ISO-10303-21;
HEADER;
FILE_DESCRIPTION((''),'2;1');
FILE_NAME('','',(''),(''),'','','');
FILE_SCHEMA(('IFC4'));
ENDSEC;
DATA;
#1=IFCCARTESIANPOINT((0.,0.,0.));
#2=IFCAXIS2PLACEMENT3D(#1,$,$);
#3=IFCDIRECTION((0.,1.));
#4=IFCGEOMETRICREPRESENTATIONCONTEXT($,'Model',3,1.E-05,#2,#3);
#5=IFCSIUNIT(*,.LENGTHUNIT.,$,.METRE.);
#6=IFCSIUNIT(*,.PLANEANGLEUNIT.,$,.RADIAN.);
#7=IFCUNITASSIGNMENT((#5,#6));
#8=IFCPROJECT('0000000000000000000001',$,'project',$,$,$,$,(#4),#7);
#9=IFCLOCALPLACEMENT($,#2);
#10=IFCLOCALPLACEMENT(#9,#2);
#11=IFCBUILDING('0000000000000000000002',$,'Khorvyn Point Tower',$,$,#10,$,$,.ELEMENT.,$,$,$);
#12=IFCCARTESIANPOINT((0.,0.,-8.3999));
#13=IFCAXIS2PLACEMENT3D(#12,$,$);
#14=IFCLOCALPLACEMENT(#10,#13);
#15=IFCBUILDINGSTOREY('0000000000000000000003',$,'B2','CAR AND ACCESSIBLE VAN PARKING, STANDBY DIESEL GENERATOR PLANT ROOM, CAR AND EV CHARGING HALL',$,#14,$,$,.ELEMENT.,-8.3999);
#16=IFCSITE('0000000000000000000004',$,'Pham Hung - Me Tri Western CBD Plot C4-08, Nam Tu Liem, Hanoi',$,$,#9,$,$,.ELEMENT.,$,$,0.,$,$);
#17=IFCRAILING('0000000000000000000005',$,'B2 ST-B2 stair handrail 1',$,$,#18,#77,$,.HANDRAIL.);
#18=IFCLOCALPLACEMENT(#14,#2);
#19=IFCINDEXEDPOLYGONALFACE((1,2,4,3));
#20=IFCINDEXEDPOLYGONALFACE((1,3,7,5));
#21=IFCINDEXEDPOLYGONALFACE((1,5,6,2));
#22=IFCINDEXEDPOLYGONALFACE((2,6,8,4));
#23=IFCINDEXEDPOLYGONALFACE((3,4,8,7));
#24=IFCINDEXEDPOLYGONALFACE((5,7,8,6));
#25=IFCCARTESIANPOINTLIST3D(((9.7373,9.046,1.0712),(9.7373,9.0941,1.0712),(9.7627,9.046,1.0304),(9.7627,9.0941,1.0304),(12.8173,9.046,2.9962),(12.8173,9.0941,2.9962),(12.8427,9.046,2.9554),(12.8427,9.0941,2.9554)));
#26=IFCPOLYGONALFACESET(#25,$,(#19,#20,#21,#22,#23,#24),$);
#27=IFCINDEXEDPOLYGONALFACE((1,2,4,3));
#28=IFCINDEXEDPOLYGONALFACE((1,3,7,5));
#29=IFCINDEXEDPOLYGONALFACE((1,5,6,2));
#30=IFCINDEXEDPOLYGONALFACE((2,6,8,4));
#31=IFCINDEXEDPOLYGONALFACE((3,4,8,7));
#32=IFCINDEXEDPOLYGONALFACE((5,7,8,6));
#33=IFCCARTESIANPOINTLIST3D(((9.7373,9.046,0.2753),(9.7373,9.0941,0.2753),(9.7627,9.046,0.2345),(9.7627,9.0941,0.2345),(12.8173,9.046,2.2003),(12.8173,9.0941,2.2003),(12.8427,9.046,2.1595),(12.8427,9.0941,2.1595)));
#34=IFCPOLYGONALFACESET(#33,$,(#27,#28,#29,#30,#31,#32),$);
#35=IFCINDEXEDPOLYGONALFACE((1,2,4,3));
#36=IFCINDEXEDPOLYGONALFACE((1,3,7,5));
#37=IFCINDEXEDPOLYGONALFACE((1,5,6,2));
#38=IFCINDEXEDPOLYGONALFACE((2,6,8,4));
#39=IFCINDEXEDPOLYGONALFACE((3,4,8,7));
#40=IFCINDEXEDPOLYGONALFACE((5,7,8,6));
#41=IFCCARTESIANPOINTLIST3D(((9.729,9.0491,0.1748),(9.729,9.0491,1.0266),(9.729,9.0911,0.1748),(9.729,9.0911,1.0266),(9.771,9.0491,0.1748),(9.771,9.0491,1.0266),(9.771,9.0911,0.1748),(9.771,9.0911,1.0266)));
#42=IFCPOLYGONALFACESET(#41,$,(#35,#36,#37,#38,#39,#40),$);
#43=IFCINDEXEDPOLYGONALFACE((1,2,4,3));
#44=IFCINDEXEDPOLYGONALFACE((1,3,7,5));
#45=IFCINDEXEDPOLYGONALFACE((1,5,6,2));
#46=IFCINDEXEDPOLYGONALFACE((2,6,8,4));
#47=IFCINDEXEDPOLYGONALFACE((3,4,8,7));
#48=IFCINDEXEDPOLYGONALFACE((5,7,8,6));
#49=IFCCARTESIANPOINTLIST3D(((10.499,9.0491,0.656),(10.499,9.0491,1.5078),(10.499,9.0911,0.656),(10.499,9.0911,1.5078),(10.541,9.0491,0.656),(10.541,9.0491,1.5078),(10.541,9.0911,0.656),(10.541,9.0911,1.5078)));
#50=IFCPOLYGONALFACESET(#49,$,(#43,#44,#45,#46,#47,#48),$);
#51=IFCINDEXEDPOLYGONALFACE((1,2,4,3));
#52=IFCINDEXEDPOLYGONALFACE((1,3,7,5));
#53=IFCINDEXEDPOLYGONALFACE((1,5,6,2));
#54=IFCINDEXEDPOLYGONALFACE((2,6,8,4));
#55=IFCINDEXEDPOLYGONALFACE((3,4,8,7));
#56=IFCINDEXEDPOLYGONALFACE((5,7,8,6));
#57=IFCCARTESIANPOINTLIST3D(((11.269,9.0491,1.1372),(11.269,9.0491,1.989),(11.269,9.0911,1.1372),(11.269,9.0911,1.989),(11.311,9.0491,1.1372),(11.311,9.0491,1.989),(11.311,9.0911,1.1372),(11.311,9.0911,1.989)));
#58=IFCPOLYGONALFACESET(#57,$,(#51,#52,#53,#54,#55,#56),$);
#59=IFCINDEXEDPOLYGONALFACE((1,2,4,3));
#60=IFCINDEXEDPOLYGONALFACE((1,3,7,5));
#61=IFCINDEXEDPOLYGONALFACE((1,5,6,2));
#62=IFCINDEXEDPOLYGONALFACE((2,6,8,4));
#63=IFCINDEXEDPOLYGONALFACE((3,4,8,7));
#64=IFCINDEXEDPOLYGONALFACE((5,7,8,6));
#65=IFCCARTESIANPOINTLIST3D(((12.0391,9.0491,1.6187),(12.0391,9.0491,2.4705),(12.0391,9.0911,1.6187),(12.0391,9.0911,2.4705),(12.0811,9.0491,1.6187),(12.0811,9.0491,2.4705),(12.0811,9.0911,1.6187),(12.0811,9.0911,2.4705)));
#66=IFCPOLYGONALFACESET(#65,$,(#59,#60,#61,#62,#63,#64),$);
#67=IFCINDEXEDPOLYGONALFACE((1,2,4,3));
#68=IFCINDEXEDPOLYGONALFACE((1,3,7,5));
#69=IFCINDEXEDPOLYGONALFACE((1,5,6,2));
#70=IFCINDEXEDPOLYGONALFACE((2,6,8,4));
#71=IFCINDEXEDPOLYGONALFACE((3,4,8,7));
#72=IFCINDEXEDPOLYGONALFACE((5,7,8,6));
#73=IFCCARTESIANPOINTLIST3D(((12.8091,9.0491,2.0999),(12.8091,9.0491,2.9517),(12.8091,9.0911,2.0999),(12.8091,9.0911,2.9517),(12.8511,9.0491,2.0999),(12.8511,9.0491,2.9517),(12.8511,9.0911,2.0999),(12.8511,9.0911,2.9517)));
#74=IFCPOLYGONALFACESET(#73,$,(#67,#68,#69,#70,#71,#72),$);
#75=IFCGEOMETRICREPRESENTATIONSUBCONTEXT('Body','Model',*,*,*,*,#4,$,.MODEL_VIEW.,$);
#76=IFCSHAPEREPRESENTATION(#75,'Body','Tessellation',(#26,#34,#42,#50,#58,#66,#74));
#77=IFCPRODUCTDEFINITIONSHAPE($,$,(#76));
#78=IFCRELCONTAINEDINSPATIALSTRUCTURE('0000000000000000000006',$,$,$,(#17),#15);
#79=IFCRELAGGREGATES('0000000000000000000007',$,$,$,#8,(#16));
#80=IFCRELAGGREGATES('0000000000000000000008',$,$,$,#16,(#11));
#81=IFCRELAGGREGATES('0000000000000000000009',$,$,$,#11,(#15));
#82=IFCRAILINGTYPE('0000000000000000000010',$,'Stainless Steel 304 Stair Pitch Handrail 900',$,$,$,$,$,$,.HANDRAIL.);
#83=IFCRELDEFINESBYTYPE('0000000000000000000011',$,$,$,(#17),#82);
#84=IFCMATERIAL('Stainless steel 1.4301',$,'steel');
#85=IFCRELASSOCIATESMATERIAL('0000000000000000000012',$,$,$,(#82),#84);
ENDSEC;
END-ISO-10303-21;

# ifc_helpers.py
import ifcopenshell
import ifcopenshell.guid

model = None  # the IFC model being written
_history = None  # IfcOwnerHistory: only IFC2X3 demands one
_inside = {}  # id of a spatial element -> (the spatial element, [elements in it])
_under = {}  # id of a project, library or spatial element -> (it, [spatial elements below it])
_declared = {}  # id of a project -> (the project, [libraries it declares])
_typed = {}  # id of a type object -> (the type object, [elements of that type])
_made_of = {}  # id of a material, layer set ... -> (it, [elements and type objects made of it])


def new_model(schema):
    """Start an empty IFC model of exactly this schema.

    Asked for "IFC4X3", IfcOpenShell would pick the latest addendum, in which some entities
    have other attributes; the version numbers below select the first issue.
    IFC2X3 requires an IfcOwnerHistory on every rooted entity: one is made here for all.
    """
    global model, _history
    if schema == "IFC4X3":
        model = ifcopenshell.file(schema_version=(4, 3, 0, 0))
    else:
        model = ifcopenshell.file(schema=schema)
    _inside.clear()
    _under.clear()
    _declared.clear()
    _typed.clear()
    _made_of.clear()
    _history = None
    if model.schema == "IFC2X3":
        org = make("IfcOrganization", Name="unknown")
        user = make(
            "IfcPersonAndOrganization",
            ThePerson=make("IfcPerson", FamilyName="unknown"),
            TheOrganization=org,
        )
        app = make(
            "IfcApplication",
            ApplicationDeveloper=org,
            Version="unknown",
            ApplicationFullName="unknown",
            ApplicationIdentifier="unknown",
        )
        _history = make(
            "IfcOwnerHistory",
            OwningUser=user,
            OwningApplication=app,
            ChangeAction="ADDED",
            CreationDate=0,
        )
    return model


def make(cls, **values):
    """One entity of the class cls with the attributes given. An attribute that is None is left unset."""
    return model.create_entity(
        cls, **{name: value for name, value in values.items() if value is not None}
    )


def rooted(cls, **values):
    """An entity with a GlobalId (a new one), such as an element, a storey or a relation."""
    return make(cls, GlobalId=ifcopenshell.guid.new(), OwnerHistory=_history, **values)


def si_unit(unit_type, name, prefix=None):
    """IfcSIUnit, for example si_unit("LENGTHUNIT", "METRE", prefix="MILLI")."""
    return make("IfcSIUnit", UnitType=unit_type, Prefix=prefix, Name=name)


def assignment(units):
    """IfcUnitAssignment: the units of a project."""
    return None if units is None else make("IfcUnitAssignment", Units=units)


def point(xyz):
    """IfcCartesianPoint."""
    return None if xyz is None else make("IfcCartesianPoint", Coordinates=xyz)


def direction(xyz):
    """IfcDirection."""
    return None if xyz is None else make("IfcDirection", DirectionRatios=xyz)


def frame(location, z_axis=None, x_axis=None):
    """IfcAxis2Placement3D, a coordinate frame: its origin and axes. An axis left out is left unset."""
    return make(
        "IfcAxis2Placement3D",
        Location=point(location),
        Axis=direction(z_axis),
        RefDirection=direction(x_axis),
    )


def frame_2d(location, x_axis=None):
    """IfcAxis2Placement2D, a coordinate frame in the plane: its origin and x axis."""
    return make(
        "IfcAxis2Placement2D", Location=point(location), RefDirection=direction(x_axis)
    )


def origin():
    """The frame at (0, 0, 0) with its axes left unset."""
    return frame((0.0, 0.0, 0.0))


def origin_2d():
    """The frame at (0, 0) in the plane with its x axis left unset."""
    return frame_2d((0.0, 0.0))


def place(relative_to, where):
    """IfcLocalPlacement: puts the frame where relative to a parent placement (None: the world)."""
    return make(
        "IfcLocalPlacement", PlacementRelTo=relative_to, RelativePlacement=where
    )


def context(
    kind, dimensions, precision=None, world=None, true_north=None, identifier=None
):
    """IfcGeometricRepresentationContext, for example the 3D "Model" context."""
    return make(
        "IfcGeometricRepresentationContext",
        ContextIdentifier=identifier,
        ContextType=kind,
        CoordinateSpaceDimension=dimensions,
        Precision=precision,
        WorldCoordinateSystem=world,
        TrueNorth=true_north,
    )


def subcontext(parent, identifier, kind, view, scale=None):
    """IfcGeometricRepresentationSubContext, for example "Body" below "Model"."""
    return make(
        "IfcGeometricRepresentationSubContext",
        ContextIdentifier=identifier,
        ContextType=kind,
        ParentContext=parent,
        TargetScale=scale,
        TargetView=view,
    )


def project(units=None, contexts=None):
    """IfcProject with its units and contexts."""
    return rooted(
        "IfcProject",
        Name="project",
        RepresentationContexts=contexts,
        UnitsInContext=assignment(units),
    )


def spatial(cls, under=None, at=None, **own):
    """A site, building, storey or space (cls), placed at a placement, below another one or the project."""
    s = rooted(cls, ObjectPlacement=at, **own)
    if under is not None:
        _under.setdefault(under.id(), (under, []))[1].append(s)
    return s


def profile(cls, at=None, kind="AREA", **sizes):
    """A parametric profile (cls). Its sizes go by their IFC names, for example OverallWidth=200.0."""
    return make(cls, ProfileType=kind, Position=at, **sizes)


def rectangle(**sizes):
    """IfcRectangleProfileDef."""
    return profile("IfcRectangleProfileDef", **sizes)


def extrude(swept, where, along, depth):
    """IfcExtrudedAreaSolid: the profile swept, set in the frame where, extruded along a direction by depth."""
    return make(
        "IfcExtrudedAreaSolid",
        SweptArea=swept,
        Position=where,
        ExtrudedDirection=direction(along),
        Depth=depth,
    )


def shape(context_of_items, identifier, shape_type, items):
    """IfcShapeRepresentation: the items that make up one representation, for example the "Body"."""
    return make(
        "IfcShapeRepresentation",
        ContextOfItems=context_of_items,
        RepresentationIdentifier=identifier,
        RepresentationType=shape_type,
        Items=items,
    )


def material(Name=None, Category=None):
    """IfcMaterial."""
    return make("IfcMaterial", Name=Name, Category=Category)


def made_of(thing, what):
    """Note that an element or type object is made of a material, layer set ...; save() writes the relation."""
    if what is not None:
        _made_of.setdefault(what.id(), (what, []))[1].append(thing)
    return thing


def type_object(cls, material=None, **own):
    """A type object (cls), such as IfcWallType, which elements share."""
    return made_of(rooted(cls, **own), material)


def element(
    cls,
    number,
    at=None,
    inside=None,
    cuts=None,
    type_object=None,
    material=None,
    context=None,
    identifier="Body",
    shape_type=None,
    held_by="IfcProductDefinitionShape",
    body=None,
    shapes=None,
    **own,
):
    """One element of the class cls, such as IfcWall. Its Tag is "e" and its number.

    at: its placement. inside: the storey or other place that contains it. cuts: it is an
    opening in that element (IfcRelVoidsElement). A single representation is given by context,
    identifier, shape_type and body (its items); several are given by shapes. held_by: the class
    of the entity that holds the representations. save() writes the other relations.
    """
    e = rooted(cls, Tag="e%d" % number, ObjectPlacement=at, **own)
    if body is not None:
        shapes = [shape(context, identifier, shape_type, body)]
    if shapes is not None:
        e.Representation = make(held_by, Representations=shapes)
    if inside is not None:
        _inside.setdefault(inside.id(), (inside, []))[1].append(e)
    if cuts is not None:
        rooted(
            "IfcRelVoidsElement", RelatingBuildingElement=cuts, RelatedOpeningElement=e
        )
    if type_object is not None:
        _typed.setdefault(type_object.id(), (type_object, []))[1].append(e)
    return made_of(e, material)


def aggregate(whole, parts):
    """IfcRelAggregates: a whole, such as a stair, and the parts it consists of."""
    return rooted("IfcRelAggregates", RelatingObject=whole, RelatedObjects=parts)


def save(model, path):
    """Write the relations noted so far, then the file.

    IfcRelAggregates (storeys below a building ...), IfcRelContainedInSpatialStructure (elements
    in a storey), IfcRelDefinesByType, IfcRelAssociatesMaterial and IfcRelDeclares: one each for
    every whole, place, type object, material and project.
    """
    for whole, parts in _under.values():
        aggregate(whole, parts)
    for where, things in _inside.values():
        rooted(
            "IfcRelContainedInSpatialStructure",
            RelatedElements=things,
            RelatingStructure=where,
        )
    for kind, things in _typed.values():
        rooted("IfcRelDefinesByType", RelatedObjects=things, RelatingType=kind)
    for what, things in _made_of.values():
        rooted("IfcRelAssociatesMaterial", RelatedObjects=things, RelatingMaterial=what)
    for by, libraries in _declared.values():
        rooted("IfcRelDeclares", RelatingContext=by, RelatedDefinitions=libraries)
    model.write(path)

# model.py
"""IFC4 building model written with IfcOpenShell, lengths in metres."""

from ifc_helpers import new_model, si_unit, direction, frame, origin, origin_2d, place, context, subcontext, project, spatial, rectangle, extrude, material, type_object, element, save


model = new_model("IFC4")

# Units and contexts
model_context = context("Model", 3, precision=1e-05, world=origin(), true_north=direction((0.0, 1.0)))
body_context = subcontext(model_context, "Body", "Model", "MODEL_VIEW")
ifc_project = project(units=[si_unit("LENGTHUNIT", "METRE"), si_unit("PLANEANGLEUNIT", "RADIAN")], contexts=[model_context])

# Site, building, storey
site_placement = place(None, origin())
site = spatial("IfcSite", under=ifc_project, at=site_placement, Name="Pham Hung - Me Tri Western CBD Plot C4-08, Nam Tu Liem, Hanoi", CompositionType="ELEMENT", RefElevation=0.0)
building_placement = place(site_placement, origin())
building = spatial("IfcBuilding", under=site, at=building_placement, Name="Khorvyn Point Tower", CompositionType="ELEMENT")
storey_placement = place(building_placement, frame((0.0, 0.0, -8.3999)))
storey = spatial("IfcBuildingStorey", under=building, at=storey_placement, Name="B2", Description="CAR AND ACCESSIBLE VAN PARKING, STANDBY DIESEL GENERATOR PLANT ROOM, CAR AND EV CHARGING HALL", CompositionType="ELEMENT", Elevation=-8.3999)

# Shared definitions
ifc_material_1 = material(Name="Stainless steel 1.4301", Category="steel")

# Railing
railing_type = type_object("IfcRailingType", Name="Stainless Steel 304 Stair Pitch Handrail 900", PredefinedType="HANDRAIL", material=ifc_material_1)
railing_placement = place(storey_placement, frame((9.75, 9.0701, 0.1748)))
element("IfcRailing", 1, at=railing_placement, inside=storey, type_object=railing_type, Name="B2 ST-B2 stair handrail 1", PredefinedType="HANDRAIL", context=body_context, shape_type="SweptSolid", body=[
    extrude(rectangle(XDim=0.0481, YDim=0.0481, at=origin_2d()), frame((0.0, 0.0, 0.876), z_axis=(0.847998, 0.0, 0.529999), x_axis=(0.0, 1.0, 0.0)), (0.0, 0.0, 1.0), 3.6321),
    extrude(rectangle(XDim=0.0481, YDim=0.0481, at=origin_2d()), frame((0.0, 0.0, 0.0801), z_axis=(0.847998, 0.0, 0.529999), x_axis=(0.0, 1.0, 0.0)), (0.0, 0.0, 1.0), 3.6321),
    extrude(rectangle(XDim=0.042, YDim=0.042, at=origin_2d()), origin(), (0.0, 0.0, 1.0), 0.8518),
    extrude(rectangle(XDim=0.042, YDim=0.042, at=origin_2d()), frame((0.77, 0.0, 0.4812)), (0.0, 0.0, 1.0), 0.8518),
    extrude(rectangle(XDim=0.042, YDim=0.042, at=origin_2d()), frame((1.54, 0.0, 0.9624)), (0.0, 0.0, 1.0), 0.8518),
    extrude(rectangle(XDim=0.042, YDim=0.042, at=origin_2d()), frame((2.3101, 0.0, 1.4438)), (0.0, 0.0, 1.0), 0.8518),
    extrude(rectangle(XDim=0.042, YDim=0.042, at=origin_2d()), frame((3.0801, 0.0, 1.925)), (0.0, 0.0, 1.0), 0.8518),
])

save(model, "model.ifc")
